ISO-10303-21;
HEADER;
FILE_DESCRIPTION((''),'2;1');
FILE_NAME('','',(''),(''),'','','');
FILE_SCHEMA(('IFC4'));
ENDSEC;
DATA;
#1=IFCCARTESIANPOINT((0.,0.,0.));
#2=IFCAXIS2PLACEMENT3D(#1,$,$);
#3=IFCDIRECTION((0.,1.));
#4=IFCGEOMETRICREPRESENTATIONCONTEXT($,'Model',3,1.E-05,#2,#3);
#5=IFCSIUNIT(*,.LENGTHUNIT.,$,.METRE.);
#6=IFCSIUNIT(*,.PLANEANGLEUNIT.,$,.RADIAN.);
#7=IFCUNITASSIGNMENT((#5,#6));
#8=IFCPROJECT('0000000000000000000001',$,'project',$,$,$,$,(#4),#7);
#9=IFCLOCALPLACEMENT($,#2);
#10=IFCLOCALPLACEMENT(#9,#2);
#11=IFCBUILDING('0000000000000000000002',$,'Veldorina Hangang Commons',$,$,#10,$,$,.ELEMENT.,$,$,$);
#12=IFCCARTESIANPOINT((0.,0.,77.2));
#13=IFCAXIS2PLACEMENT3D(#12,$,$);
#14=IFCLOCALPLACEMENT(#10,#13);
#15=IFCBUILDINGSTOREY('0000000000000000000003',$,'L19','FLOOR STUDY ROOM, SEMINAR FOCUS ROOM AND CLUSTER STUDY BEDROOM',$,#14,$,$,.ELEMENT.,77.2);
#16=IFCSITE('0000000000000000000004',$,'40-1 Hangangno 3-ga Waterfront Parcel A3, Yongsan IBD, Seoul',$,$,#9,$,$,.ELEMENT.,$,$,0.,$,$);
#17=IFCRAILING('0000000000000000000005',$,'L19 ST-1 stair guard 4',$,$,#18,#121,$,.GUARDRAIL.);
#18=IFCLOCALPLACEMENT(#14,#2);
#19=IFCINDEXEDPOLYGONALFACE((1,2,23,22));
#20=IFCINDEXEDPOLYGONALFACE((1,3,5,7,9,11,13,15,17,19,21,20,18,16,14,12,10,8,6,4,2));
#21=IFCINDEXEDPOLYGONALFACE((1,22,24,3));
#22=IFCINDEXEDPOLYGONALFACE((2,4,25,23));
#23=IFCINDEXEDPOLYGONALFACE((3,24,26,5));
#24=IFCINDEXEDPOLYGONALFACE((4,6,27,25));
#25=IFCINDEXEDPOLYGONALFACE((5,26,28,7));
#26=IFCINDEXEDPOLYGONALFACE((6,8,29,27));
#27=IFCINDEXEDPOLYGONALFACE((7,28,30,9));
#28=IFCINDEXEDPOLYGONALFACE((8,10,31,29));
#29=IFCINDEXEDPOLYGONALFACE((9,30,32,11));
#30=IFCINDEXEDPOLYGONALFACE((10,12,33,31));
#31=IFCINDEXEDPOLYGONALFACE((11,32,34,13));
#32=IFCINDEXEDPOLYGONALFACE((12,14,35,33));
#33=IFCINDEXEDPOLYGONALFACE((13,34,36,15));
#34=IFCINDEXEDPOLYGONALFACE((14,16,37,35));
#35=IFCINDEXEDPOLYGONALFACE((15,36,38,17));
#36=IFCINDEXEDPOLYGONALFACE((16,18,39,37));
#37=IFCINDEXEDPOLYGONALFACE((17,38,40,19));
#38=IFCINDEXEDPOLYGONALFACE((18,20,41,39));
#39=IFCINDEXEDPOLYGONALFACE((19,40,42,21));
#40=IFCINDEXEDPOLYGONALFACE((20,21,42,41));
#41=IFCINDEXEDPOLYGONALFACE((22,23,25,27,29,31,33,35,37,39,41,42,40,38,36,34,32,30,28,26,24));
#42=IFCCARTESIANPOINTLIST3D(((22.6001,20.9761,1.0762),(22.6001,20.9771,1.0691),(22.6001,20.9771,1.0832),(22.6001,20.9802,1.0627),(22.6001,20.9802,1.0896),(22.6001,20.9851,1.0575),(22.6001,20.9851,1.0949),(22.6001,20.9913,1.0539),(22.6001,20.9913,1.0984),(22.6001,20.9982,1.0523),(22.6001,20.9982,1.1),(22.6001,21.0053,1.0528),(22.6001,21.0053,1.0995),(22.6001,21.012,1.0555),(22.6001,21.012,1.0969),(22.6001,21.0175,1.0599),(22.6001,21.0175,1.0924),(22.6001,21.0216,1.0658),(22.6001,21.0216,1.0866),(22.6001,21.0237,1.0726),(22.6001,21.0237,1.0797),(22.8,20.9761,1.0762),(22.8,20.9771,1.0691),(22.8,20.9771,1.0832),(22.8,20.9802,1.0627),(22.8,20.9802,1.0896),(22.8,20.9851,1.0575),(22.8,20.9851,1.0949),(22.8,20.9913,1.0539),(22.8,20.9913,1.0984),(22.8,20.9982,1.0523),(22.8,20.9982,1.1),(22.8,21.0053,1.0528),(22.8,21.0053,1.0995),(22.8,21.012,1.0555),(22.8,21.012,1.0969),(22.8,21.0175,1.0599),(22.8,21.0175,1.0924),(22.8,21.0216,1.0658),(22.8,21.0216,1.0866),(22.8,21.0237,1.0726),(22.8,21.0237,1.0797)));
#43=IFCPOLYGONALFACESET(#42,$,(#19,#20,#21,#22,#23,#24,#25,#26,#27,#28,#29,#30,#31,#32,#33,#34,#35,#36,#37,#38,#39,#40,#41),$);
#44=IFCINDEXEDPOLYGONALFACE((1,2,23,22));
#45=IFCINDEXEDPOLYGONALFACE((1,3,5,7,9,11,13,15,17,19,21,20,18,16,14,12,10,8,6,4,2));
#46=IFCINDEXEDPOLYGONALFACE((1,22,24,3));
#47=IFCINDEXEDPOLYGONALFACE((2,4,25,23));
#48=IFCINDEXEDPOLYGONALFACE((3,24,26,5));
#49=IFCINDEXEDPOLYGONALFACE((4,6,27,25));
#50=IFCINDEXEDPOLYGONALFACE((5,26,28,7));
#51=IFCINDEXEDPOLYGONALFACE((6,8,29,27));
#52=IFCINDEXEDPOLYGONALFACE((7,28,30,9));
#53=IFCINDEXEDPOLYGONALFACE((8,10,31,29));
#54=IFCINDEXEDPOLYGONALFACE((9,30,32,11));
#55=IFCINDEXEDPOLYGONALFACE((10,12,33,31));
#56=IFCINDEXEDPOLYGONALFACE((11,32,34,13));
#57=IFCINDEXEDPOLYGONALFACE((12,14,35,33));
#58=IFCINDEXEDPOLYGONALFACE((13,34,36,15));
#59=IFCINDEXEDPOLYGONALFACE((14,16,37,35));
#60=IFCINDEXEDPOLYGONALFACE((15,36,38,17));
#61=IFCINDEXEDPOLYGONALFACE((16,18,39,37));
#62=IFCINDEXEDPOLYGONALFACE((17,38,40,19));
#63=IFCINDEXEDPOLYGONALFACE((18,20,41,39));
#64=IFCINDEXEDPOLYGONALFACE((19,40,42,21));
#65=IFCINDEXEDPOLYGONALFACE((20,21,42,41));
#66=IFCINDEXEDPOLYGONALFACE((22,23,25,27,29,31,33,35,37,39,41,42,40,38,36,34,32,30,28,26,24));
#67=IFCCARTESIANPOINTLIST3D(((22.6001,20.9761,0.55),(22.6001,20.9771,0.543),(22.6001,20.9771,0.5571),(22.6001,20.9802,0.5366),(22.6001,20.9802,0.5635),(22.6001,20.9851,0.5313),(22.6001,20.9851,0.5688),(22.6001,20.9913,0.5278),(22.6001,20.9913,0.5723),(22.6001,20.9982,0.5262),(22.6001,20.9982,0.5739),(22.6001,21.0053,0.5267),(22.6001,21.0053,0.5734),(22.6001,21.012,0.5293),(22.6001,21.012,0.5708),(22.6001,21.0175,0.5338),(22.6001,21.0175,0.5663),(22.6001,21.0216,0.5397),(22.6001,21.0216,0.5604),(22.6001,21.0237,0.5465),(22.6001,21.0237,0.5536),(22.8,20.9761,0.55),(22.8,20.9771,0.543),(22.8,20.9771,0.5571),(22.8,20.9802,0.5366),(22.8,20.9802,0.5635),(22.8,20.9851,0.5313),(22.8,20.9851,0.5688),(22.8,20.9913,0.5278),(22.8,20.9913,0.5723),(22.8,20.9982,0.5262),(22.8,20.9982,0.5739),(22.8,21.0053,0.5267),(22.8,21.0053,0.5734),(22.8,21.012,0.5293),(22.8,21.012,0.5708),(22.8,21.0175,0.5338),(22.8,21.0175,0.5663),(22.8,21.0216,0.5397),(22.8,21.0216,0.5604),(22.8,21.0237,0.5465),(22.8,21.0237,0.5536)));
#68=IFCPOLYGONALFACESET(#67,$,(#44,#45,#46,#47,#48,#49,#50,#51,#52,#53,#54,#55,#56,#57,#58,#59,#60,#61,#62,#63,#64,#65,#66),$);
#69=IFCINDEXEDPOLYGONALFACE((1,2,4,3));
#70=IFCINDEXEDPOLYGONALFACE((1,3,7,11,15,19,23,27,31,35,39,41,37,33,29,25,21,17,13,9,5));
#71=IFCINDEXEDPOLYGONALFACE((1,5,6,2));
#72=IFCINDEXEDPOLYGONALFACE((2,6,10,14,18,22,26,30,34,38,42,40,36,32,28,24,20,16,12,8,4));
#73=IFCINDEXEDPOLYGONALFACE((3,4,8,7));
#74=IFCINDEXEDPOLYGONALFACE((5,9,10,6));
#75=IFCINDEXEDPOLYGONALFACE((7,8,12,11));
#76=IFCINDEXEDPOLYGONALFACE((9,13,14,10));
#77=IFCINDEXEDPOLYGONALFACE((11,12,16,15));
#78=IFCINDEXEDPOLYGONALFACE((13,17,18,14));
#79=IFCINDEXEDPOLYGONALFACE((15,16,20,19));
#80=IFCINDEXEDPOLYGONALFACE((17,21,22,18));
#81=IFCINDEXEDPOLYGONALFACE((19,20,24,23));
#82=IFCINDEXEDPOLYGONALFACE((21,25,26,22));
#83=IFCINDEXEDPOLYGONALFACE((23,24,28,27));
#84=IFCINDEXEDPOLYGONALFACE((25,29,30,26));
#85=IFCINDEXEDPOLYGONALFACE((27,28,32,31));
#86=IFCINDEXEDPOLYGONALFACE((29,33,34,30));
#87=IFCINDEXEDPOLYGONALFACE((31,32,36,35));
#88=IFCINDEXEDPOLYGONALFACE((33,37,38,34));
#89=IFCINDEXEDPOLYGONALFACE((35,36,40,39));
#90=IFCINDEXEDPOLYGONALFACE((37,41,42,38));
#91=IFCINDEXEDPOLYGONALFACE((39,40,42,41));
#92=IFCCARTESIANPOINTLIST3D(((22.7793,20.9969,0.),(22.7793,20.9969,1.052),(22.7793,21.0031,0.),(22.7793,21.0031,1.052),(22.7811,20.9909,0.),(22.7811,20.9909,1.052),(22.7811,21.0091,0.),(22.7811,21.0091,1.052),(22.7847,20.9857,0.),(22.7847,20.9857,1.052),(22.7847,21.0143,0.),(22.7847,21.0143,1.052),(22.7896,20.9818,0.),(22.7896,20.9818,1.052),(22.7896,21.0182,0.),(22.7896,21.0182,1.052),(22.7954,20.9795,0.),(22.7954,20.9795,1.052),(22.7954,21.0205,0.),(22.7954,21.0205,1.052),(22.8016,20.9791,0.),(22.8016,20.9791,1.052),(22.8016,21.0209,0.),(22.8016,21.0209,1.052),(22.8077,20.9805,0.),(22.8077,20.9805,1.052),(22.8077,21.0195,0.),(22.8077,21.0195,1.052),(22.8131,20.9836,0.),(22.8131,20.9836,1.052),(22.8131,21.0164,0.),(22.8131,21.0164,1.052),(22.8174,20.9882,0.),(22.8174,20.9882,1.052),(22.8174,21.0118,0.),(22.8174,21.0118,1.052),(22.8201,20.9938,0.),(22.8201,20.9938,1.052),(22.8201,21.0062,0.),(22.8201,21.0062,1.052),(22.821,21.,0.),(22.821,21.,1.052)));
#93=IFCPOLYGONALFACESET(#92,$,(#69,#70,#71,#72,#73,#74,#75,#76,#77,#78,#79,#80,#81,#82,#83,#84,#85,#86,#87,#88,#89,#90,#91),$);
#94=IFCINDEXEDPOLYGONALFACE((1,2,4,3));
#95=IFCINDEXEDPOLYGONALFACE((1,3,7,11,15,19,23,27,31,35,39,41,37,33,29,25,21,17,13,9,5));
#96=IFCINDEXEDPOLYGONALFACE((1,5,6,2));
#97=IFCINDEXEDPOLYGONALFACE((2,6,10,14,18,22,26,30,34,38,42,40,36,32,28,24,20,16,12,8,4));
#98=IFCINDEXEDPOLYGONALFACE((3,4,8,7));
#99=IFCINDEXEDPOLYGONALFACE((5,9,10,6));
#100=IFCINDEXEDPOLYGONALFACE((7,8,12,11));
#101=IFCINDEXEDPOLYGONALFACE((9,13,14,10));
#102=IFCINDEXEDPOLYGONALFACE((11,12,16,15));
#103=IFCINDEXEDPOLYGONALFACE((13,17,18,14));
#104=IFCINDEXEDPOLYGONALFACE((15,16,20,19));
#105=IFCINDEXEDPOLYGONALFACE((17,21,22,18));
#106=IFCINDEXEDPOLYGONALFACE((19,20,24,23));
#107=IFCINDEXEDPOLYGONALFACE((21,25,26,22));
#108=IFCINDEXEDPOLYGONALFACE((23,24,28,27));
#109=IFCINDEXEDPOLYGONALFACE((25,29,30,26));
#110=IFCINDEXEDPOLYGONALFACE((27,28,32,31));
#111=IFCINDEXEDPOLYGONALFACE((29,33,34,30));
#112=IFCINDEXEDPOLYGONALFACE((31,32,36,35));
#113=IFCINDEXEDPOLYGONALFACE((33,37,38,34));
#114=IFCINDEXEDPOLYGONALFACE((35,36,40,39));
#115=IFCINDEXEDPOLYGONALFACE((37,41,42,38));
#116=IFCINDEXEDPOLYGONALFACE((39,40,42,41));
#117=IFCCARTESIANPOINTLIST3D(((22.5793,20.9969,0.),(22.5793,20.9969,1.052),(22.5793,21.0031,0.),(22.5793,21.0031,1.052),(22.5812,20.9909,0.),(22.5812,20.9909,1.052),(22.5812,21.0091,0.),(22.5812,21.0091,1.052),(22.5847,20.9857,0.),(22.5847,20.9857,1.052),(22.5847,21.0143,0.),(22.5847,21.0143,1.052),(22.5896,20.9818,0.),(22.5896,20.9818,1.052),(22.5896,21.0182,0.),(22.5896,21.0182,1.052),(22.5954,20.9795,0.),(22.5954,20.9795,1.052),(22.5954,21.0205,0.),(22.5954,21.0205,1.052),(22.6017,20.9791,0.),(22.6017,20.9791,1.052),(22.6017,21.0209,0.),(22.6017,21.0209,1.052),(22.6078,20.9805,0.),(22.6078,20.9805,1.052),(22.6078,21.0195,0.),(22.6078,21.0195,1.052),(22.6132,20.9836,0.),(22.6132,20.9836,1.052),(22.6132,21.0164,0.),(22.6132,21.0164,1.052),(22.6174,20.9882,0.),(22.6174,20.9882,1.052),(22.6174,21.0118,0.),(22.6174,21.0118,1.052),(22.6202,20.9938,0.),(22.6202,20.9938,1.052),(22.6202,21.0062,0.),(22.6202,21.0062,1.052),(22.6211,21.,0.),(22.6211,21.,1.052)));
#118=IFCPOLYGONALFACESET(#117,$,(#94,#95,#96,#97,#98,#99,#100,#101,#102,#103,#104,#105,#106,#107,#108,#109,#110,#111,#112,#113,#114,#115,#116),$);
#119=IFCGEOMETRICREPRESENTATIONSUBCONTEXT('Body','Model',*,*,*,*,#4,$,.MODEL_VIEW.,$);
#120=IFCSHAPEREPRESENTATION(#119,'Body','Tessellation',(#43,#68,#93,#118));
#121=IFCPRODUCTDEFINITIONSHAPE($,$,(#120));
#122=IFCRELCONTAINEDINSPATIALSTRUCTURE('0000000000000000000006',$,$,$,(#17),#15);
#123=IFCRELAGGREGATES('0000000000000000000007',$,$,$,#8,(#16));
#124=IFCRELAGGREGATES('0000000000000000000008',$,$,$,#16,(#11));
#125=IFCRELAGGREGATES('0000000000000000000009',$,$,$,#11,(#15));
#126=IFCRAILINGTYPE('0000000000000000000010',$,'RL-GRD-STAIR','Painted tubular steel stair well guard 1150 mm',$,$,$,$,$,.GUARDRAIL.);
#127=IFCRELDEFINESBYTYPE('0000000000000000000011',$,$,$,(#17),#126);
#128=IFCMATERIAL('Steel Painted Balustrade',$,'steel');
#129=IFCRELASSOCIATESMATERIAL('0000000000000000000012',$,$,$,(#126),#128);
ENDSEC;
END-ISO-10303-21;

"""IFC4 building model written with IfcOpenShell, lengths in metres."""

from ifc_helpers import new_model, si_unit, direction, frame, origin, origin_2d, place, context, subcontext, project, spatial, circle, extrude, material, type_object, element, save


model = new_model("IFC4")

# Units and contexts
model_context = context("Model", 3, precision=1e-05, world=origin(), true_north=direction((0.0, 1.0)))
body_context = subcontext(model_context, "Body", "Model", "MODEL_VIEW")
ifc_project = project(units=[si_unit("LENGTHUNIT", "METRE"), si_unit("PLANEANGLEUNIT", "RADIAN")], contexts=[model_context])

# Site, building, storey
site_placement = place(None, origin())
site = spatial("IfcSite", under=ifc_project, at=site_placement, Name="40-1 Hangangno 3-ga Waterfront Parcel A3, Yongsan IBD, Seoul", CompositionType="ELEMENT", RefElevation=0.0)
building_placement = place(site_placement, origin())
building = spatial("IfcBuilding", under=site, at=building_placement, Name="Veldorina Hangang Commons", CompositionType="ELEMENT")
storey_placement = place(building_placement, frame((0.0, 0.0, 77.2)))
storey = spatial("IfcBuildingStorey", under=building, at=storey_placement, Name="L19", Description="FLOOR STUDY ROOM, SEMINAR FOCUS ROOM AND CLUSTER STUDY BEDROOM", CompositionType="ELEMENT", Elevation=77.2)

# Railing
ifc_material_1 = material(Name="Steel Painted Balustrade", Category="steel")
railing_type_1 = type_object("IfcRailingType", Name="RL-GRD-STAIR", Description="Painted tubular steel stair well guard 1150 mm", PredefinedType="GUARDRAIL", material=ifc_material_1)
railing_1_placement = place(storey_placement, frame((22.8, 21.0, 0.0)))
element("IfcRailing", 1, at=railing_1_placement, inside=storey, type_object=railing_type_1, Name="L19 ST-1 stair guard 4", PredefinedType="GUARDRAIL", context=body_context, shape_type="SweptSolid", body=[
    extrude(circle(Radius=0.0239, at=origin_2d()), frame((0.0, 0.0, 1.0762), z_axis=(-1.0, 0.0, 0.0), x_axis=(0.0, -1.0, 0.0)), (0.0, 0.0, 1.0), 0.2),
    extrude(circle(Radius=0.0239, at=origin_2d()), frame((0.0, 0.0, 0.55), z_axis=(-1.0, 0.0, 0.0), x_axis=(0.0, -1.0, 0.0)), (0.0, 0.0, 1.0), 0.2),
    extrude(circle(Radius=0.021, at=origin_2d()), origin(), (0.0, 0.0, 1.0), 1.052),
    extrude(circle(Radius=0.021, at=origin_2d()), frame((-0.2, 0.0, 0.0)), (0.0, 0.0, 1.0), 1.052),
])

save(model, "model.ifc")
